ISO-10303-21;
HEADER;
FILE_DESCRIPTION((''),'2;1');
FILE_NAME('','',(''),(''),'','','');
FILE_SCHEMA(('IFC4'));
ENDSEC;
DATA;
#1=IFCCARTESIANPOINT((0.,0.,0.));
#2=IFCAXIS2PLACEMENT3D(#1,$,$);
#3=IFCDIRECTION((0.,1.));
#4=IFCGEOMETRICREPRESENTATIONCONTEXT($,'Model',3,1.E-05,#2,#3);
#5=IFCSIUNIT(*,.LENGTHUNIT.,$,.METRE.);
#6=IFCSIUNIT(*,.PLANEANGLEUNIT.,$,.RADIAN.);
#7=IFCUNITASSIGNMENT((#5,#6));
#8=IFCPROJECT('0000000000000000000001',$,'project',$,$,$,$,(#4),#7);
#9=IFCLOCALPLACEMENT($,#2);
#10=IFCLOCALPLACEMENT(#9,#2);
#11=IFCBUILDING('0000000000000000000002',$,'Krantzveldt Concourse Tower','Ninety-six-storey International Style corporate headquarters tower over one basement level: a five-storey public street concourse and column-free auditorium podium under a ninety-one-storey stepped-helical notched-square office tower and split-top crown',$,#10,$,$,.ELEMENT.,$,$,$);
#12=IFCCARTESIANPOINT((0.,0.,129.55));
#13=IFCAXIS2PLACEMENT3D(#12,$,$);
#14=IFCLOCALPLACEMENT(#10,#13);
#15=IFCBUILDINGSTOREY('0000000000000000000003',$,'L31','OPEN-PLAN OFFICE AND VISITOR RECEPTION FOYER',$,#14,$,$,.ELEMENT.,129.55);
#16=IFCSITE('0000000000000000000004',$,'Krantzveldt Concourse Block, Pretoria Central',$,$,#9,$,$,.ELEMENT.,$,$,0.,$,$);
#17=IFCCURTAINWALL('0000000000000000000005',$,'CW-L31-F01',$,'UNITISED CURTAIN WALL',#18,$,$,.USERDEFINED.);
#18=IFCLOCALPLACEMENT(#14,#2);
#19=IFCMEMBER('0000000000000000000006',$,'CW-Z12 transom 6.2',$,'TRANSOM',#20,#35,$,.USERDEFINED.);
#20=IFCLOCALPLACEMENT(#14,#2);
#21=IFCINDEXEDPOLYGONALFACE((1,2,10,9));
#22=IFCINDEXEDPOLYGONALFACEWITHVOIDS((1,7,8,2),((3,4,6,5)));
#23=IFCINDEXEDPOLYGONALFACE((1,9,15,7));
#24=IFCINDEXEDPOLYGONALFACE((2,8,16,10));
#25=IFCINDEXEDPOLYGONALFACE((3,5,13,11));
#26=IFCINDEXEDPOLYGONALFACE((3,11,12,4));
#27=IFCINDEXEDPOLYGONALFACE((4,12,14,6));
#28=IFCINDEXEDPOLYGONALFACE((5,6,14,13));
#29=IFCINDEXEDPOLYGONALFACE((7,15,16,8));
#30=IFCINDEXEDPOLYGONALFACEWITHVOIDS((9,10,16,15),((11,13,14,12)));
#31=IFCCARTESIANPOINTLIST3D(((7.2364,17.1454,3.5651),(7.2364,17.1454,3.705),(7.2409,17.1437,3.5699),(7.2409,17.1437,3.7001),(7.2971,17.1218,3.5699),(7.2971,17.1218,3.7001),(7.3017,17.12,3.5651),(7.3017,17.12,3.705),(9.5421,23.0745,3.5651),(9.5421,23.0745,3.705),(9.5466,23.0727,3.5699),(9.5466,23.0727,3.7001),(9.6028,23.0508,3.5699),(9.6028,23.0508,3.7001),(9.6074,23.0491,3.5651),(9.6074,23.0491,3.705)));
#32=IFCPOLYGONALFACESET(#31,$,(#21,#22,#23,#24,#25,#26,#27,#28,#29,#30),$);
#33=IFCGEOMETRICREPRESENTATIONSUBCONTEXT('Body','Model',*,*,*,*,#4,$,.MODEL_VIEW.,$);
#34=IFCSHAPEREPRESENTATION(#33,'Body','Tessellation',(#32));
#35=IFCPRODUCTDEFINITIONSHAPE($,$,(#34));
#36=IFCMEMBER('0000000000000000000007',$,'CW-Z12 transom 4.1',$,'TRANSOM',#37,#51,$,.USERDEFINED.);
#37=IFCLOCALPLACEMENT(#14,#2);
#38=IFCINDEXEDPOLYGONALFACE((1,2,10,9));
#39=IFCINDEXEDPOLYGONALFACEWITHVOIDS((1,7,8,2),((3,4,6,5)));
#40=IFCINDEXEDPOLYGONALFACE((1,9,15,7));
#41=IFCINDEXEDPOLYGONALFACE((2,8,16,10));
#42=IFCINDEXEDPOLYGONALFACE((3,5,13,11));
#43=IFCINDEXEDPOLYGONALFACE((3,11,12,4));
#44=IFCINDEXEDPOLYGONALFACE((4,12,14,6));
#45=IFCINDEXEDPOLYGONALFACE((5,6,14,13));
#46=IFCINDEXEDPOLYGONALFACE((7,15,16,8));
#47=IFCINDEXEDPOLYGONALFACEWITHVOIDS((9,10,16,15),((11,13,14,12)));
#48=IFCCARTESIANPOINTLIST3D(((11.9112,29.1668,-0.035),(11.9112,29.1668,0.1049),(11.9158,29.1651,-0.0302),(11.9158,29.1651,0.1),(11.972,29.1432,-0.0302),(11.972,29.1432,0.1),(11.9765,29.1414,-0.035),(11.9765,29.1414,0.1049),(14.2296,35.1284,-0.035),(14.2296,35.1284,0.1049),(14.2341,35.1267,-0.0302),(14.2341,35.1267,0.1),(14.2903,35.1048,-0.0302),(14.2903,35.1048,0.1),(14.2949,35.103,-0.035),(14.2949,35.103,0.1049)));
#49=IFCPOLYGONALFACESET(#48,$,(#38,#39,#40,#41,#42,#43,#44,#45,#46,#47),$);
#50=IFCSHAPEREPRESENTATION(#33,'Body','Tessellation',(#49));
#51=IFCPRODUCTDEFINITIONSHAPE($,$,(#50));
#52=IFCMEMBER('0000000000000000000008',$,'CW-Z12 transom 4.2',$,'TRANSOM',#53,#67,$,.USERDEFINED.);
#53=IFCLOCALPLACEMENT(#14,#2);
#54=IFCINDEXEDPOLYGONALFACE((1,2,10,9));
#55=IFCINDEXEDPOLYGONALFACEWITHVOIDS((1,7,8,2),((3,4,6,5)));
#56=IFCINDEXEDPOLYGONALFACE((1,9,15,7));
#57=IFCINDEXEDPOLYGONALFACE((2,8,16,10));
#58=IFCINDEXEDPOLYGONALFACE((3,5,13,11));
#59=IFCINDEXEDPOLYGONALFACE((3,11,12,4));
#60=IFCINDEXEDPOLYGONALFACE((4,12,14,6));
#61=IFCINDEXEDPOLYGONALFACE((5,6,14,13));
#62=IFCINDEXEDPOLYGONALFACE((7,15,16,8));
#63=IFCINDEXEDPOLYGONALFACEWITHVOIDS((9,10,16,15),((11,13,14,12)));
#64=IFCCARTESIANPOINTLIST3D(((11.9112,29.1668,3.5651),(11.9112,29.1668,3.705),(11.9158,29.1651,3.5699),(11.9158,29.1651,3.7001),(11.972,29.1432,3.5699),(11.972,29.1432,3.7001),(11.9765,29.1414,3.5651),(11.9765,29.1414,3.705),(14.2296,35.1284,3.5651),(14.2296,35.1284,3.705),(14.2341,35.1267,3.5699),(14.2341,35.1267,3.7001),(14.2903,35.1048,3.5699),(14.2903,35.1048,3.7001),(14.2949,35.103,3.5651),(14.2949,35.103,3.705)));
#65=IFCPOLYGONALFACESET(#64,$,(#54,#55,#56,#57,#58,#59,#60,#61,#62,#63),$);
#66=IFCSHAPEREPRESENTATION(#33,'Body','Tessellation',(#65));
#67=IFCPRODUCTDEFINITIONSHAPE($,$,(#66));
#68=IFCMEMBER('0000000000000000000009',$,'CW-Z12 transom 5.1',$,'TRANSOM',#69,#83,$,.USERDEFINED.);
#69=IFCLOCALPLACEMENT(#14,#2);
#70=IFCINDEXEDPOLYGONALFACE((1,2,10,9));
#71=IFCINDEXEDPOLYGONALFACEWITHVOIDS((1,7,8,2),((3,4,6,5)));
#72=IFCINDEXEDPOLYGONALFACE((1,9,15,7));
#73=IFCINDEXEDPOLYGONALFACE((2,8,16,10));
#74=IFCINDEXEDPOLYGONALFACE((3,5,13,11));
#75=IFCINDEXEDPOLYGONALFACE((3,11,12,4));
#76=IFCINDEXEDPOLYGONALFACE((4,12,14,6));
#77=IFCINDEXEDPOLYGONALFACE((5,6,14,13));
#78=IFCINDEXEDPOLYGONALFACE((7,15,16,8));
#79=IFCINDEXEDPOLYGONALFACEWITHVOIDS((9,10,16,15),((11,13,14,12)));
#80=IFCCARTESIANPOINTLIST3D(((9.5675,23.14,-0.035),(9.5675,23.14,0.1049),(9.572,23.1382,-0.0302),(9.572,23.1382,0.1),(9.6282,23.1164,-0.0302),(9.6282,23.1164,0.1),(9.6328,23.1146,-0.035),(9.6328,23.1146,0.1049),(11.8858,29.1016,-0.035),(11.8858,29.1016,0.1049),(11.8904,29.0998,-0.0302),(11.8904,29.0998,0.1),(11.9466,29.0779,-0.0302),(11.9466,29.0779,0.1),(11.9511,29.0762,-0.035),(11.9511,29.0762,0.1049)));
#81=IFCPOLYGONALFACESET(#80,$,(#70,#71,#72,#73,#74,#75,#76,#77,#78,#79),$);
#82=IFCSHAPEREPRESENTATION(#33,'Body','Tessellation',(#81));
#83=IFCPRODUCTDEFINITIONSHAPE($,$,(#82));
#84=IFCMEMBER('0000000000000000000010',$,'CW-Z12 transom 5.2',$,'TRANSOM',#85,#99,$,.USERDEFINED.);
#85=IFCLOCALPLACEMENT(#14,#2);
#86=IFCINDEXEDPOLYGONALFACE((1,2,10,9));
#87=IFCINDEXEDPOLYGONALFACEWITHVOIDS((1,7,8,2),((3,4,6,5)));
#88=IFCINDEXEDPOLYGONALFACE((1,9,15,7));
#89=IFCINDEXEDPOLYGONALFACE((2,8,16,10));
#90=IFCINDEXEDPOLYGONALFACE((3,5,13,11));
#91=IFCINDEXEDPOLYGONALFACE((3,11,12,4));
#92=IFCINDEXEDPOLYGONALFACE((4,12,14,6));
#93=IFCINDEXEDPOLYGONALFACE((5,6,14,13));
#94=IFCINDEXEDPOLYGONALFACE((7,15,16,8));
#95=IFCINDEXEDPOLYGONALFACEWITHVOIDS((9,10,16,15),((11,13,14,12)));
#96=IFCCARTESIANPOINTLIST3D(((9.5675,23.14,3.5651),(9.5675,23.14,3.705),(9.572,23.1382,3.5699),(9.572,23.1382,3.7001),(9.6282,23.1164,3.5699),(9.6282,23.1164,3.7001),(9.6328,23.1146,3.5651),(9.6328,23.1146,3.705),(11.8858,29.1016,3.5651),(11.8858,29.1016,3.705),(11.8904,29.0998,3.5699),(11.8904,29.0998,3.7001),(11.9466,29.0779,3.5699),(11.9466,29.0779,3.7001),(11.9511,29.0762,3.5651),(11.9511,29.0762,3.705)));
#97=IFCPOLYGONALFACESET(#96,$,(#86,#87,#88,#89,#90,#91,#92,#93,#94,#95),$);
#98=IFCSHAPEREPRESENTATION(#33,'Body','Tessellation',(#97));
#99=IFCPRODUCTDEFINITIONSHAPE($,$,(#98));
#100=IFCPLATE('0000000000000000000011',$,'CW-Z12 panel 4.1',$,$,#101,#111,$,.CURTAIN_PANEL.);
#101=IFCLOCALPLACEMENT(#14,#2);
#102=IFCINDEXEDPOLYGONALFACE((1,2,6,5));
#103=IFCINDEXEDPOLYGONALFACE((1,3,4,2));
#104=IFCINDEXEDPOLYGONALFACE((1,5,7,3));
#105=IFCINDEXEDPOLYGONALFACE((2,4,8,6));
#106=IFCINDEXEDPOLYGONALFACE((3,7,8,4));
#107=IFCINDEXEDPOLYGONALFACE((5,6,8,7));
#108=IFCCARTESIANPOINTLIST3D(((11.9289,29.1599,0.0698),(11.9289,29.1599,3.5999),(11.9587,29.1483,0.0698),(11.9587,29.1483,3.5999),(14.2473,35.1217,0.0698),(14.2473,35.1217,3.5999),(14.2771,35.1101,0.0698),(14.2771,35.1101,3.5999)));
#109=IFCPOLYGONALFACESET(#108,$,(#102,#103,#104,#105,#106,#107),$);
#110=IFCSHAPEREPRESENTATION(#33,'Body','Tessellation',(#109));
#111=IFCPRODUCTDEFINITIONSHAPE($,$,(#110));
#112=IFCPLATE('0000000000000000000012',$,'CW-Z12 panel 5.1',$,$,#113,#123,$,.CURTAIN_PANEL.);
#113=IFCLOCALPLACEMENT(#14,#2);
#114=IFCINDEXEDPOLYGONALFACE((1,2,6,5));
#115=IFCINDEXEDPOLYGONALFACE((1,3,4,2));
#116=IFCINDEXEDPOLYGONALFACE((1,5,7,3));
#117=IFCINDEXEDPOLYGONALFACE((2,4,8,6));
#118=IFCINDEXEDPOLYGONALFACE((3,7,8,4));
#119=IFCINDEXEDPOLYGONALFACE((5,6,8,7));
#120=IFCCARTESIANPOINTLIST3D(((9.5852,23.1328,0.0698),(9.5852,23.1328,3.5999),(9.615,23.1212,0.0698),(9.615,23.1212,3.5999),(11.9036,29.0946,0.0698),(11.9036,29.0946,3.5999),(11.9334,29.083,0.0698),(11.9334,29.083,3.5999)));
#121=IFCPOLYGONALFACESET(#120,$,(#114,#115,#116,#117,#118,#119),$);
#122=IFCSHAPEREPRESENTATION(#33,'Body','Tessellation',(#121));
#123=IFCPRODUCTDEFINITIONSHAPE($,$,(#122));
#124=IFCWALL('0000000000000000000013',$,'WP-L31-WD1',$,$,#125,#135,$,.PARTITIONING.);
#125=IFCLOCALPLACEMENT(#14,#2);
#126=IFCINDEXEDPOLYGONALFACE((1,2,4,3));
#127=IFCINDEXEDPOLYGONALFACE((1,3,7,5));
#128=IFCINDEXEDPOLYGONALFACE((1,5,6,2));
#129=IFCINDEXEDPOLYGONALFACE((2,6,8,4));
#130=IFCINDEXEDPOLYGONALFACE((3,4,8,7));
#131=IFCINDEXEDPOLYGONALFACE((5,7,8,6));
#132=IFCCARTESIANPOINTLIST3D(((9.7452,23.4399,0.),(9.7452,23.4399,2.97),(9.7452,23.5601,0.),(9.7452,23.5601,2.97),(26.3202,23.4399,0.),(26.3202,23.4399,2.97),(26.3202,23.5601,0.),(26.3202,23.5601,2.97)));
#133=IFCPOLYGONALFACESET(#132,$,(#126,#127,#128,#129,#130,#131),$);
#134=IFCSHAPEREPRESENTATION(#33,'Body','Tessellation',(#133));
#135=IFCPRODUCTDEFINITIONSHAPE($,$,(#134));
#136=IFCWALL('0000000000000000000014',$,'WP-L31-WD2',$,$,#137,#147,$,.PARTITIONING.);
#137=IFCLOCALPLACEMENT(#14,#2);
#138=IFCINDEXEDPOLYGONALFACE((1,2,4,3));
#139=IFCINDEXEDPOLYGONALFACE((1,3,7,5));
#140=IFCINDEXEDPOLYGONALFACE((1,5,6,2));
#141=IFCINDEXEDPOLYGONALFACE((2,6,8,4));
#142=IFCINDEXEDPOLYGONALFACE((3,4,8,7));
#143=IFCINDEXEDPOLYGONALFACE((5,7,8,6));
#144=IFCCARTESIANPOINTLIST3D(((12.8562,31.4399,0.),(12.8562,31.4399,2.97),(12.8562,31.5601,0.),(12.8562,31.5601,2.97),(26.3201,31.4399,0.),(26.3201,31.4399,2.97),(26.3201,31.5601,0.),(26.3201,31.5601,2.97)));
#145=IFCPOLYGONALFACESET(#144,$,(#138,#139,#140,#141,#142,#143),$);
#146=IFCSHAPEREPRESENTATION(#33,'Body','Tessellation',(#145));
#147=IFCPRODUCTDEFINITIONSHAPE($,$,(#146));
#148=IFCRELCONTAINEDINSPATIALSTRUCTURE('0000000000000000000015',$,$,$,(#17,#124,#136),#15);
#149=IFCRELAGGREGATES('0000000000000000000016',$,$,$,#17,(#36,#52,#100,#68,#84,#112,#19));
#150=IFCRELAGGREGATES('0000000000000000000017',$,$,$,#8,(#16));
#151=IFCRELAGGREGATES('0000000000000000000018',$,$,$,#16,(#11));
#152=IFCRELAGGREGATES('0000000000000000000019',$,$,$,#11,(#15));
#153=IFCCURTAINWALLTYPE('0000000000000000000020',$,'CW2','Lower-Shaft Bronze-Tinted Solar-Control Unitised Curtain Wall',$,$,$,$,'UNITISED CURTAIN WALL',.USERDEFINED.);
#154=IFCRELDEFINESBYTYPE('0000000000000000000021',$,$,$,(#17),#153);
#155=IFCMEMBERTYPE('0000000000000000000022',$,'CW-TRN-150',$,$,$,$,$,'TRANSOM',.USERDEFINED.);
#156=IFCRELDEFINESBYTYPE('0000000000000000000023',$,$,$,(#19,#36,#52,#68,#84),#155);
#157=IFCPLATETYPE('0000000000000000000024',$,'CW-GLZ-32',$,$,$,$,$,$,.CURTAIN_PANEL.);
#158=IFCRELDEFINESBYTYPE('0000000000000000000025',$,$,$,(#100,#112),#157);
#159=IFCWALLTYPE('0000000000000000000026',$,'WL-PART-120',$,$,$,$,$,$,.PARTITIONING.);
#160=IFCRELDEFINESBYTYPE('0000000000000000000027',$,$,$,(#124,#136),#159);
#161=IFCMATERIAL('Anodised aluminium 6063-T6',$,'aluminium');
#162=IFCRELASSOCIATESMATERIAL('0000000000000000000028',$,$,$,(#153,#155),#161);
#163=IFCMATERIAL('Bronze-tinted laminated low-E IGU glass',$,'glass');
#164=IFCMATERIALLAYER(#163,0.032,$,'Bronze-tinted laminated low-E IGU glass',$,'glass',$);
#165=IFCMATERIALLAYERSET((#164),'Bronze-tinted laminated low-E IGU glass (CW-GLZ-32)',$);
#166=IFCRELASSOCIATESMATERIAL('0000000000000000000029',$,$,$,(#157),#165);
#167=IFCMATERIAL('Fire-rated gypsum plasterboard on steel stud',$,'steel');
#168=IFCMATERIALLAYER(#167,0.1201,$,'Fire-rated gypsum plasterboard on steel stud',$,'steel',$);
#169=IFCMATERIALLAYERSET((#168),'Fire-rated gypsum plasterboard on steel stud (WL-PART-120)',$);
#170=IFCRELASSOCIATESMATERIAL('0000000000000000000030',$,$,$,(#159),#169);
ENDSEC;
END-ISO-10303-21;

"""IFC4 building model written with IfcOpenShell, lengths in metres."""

from ifc_helpers import new_model, si_unit, direction, frame, frame_2d, origin, origin_2d, place, context, subcontext, project, spatial, rectangle, hollow_rectangle, extrude, source, transform, mapped, material, layer, layer_set, material_profile, profile_set, type_object, type_shapes, element, aggregate, save


model = new_model("IFC4")

# Units and contexts
model_context = context("Model", 3, precision=1e-05, world=origin(), true_north=direction((0.0, 1.0)))
body_context = subcontext(model_context, "Body", "Model", "MODEL_VIEW")
ifc_project = project(units=[si_unit("LENGTHUNIT", "METRE"), si_unit("PLANEANGLEUNIT", "RADIAN")], contexts=[model_context])

# Site, building, storey
site_placement = place(None, origin())
site = spatial("IfcSite", under=ifc_project, at=site_placement, Name="Krantzveldt Concourse Block, Pretoria Central", CompositionType="ELEMENT", RefElevation=0.0)
building_placement = place(site_placement, origin())
building = spatial("IfcBuilding", under=site, at=building_placement, Name="Krantzveldt Concourse Tower", Description="Ninety-six-storey International Style corporate headquarters tower over one basement level: a five-storey public street concourse and column-free auditorium podium under a ninety-one-storey stepped-helical notched-square office tower and split-top crown", CompositionType="ELEMENT")
storey_placement = place(building_placement, frame((0.0, 0.0, 129.55)))
storey = spatial("IfcBuildingStorey", under=building, at=storey_placement, Name="L31", Description="OPEN-PLAN OFFICE AND VISITOR RECEPTION FOYER", CompositionType="ELEMENT", Elevation=129.55)

# Curtain wall, members, plates
ifc_material_1 = material(Name="Anodised aluminium 6063-T6", Category="aluminium")
curtain_wall_type = type_object("IfcCurtainWallType", Name="CW2", Description="Lower-Shaft Bronze-Tinted Solar-Control Unitised Curtain Wall", ElementType="UNITISED CURTAIN WALL", PredefinedType="USERDEFINED", material=ifc_material_1)
curtain_wall_placement = place(storey_placement, origin())
curtain_wall = element("IfcCurtainWall", 1, at=curtain_wall_placement, inside=storey, type_object=curtain_wall_type, Name="CW-L31-F01", ObjectType="UNITISED CURTAIN WALL", PredefinedType="USERDEFINED")
ifc_material_profile_1 = material_profile(ifc_material_1, hollow_rectangle(XDim=0.0701, YDim=0.1399, WallThickness=0.0049, at=origin_2d()), Name="Anodised aluminium 6063-T6", Category="aluminium")
ifc_profile_set_1 = profile_set([ifc_material_profile_1], Name="Anodised aluminium 6063-T6 - ALU-TRAN 140x70x5")
member_type_1 = type_object("IfcMemberType", Name="CW-TRN-150", ElementType="TRANSOM", PredefinedType="USERDEFINED", material=ifc_profile_set_1)
shared_shape_1 = source(origin(), body_context, "Body", "SweptSolid", [
    extrude(hollow_rectangle(XDim=0.0701, YDim=0.1399, WallThickness=0.0049, at=origin_2d()), origin(), (0.0, 0.0, 1.0), 6.3616),
])
member_1_placement = place(storey_placement, frame((9.5747, 23.0618, 3.635), z_axis=(-0.362441, -0.932007, 0.0), x_axis=(0.932007, -0.362441, 0.0)))
member_1 = element("IfcMember", 2, at=member_1_placement, type_object=member_type_1, Name="CW-Z12 transom 6.2", ObjectType="TRANSOM", PredefinedType="USERDEFINED", context=body_context, shape_type="MappedRepresentation", body=[
    mapped(shared_shape_1, transform((0.0, 0.0, 0.0), x_axis=(1.0, 0.0, 0.0), y_axis=(0.0, 1.0, 0.0), z_axis=(0.0, 0.0, 1.0), scale=1.0)),
])
shared_shape_2 = source(origin(), body_context, "Body", "SweptSolid", [
    extrude(hollow_rectangle(XDim=0.0701, YDim=0.1399, WallThickness=0.0049, at=origin_2d()), origin(), (0.0, 0.0, 1.0), 6.3965),
])
type_shapes(member_type_1, [shared_shape_1, shared_shape_2])
member_2_placement = place(storey_placement, frame((14.2622, 35.1157, 0.0349), z_axis=(-0.362437, -0.932008, 0.0), x_axis=(0.932008, -0.362437, 0.0)))
member_2 = element("IfcMember", 3, at=member_2_placement, type_object=member_type_1, Name="CW-Z12 transom 4.1", ObjectType="TRANSOM", PredefinedType="USERDEFINED", context=body_context, shape_type="MappedRepresentation", body=[
    mapped(shared_shape_2, transform((0.0, 0.0, 0.0), x_axis=(1.0, 0.0, 0.0), y_axis=(0.0, 1.0, 0.0), z_axis=(0.0, 0.0, 1.0), scale=1.0)),
])
member_3_placement = place(storey_placement, frame((14.2622, 35.1157, 3.635), z_axis=(-0.362437, -0.932008, 0.0), x_axis=(0.932008, -0.362437, 0.0)))
member_3 = element("IfcMember", 4, at=member_3_placement, type_object=member_type_1, Name="CW-Z12 transom 4.2", ObjectType="TRANSOM", PredefinedType="USERDEFINED", context=body_context, shape_type="MappedRepresentation", body=[
    mapped(shared_shape_2, transform((0.0, 0.0, 0.0), x_axis=(1.0, 0.0, 0.0), y_axis=(0.0, 1.0, 0.0), z_axis=(0.0, 0.0, 1.0), scale=1.0)),
])
member_4_placement = place(storey_placement, frame((11.9185, 29.0889, 0.0349), z_axis=(-0.362437, -0.932008, 0.0), x_axis=(0.932008, -0.362437, 0.0)))
member_4 = element("IfcMember", 5, at=member_4_placement, type_object=member_type_1, Name="CW-Z12 transom 5.1", ObjectType="TRANSOM", PredefinedType="USERDEFINED", context=body_context, shape_type="MappedRepresentation", body=[
    mapped(shared_shape_2, transform((0.0, 0.0, 0.0), x_axis=(1.0, 0.0, 0.0), y_axis=(0.0, 1.0, 0.0), z_axis=(0.0, 0.0, 1.0), scale=1.0)),
])
member_5_placement = place(storey_placement, frame((11.9185, 29.0889, 3.635), z_axis=(-0.362437, -0.932008, 0.0), x_axis=(0.932008, -0.362437, 0.0)))
member_5 = element("IfcMember", 6, at=member_5_placement, type_object=member_type_1, Name="CW-Z12 transom 5.2", ObjectType="TRANSOM", PredefinedType="USERDEFINED", context=body_context, shape_type="MappedRepresentation", body=[
    mapped(shared_shape_2, transform((0.0, 0.0, 0.0), x_axis=(1.0, 0.0, 0.0), y_axis=(0.0, 1.0, 0.0), z_axis=(0.0, 0.0, 1.0), scale=1.0)),
])
ifc_material_2 = material(Name="Bronze-tinted laminated low-E IGU glass", Category="glass")
ifc_layer_1 = layer(ifc_material_2, 0.032, Name="Bronze-tinted laminated low-E IGU glass", Category="glass")
ifc_layer_set_1 = layer_set([ifc_layer_1], Name="Bronze-tinted laminated low-E IGU glass (CW-GLZ-32)")
plate_type = type_object("IfcPlateType", Name="CW-GLZ-32", PredefinedType="CURTAIN_PANEL", material=ifc_layer_set_1)
shared_shape_3 = source(origin(), body_context, "Body", "SweptSolid", [
    extrude(rectangle(XDim=6.3967, YDim=0.032, at=origin_2d()), origin(), (0.0, 0.0, 1.0), 3.53),
])
type_shapes(plate_type, [shared_shape_3])
plate_1_placement = place(storey_placement, frame((13.103, 32.135, 0.0698), z_axis=(0.0, 0.0, 1.0), x_axis=(-0.362438, -0.932008, 0.0)))
plate_1 = element("IfcPlate", 7, at=plate_1_placement, type_object=plate_type, Name="CW-Z12 panel 4.1", PredefinedType="CURTAIN_PANEL", context=body_context, shape_type="MappedRepresentation", body=[
    mapped(shared_shape_3, transform((0.0, 0.0, 0.0), x_axis=(1.0, 0.0, 0.0), y_axis=(0.0, 1.0, 0.0), z_axis=(0.0, 0.0, 1.0), scale=1.0)),
])
plate_2_placement = place(storey_placement, frame((10.7593, 26.1079, 0.0698), z_axis=(0.0, 0.0, 1.0), x_axis=(-0.362438, -0.932008, 0.0)))
plate_2 = element("IfcPlate", 8, at=plate_2_placement, type_object=plate_type, Name="CW-Z12 panel 5.1", PredefinedType="CURTAIN_PANEL", context=body_context, shape_type="MappedRepresentation", body=[
    mapped(shared_shape_3, transform((0.0, 0.0, 0.0), x_axis=(1.0, 0.0, 0.0), y_axis=(0.0, 1.0, 0.0), z_axis=(0.0, 0.0, 1.0), scale=1.0)),
])
aggregate(curtain_wall, [member_2, member_3, plate_1, member_4, member_5, plate_2, member_1])

# Walls
ifc_material_3 = material(Name="Fire-rated gypsum plasterboard on steel stud", Category="steel")
ifc_layer_2 = layer(ifc_material_3, 0.1201, Name="Fire-rated gypsum plasterboard on steel stud", Category="steel")
ifc_layer_set_2 = layer_set([ifc_layer_2], Name="Fire-rated gypsum plasterboard on steel stud (WL-PART-120)")
wall_type = type_object("IfcWallType", Name="WL-PART-120", PredefinedType="PARTITIONING", material=ifc_layer_set_2)
wall_1_placement = place(storey_placement, frame((9.7451, 23.5, 0.0), z_axis=(0.0, 0.0, 1.0), x_axis=(1.0, 0.0, 0.0)))
element("IfcWall", 9, at=wall_1_placement, inside=storey, type_object=wall_type, Name="WP-L31-WD1", PredefinedType="PARTITIONING", context=body_context, shape_type="SweptSolid", body=[
    extrude(rectangle(XDim=16.575, YDim=0.1201, at=frame_2d((8.2876, 0.0))), origin(), (0.0, 0.0, 1.0), 2.97),
])
wall_2_placement = place(storey_placement, frame((12.8562, 31.5, 0.0), z_axis=(0.0, 0.0, 1.0), x_axis=(1.0, 0.0, 0.0)))
element("IfcWall", 10, at=wall_2_placement, inside=storey, type_object=wall_type, Name="WP-L31-WD2", PredefinedType="PARTITIONING", context=body_context, shape_type="SweptSolid", body=[
    extrude(rectangle(XDim=13.4639, YDim=0.1201, at=frame_2d((6.7319, 0.0))), origin(), (0.0, 0.0, 1.0), 2.97),
])

save(model, "model.ifc")
